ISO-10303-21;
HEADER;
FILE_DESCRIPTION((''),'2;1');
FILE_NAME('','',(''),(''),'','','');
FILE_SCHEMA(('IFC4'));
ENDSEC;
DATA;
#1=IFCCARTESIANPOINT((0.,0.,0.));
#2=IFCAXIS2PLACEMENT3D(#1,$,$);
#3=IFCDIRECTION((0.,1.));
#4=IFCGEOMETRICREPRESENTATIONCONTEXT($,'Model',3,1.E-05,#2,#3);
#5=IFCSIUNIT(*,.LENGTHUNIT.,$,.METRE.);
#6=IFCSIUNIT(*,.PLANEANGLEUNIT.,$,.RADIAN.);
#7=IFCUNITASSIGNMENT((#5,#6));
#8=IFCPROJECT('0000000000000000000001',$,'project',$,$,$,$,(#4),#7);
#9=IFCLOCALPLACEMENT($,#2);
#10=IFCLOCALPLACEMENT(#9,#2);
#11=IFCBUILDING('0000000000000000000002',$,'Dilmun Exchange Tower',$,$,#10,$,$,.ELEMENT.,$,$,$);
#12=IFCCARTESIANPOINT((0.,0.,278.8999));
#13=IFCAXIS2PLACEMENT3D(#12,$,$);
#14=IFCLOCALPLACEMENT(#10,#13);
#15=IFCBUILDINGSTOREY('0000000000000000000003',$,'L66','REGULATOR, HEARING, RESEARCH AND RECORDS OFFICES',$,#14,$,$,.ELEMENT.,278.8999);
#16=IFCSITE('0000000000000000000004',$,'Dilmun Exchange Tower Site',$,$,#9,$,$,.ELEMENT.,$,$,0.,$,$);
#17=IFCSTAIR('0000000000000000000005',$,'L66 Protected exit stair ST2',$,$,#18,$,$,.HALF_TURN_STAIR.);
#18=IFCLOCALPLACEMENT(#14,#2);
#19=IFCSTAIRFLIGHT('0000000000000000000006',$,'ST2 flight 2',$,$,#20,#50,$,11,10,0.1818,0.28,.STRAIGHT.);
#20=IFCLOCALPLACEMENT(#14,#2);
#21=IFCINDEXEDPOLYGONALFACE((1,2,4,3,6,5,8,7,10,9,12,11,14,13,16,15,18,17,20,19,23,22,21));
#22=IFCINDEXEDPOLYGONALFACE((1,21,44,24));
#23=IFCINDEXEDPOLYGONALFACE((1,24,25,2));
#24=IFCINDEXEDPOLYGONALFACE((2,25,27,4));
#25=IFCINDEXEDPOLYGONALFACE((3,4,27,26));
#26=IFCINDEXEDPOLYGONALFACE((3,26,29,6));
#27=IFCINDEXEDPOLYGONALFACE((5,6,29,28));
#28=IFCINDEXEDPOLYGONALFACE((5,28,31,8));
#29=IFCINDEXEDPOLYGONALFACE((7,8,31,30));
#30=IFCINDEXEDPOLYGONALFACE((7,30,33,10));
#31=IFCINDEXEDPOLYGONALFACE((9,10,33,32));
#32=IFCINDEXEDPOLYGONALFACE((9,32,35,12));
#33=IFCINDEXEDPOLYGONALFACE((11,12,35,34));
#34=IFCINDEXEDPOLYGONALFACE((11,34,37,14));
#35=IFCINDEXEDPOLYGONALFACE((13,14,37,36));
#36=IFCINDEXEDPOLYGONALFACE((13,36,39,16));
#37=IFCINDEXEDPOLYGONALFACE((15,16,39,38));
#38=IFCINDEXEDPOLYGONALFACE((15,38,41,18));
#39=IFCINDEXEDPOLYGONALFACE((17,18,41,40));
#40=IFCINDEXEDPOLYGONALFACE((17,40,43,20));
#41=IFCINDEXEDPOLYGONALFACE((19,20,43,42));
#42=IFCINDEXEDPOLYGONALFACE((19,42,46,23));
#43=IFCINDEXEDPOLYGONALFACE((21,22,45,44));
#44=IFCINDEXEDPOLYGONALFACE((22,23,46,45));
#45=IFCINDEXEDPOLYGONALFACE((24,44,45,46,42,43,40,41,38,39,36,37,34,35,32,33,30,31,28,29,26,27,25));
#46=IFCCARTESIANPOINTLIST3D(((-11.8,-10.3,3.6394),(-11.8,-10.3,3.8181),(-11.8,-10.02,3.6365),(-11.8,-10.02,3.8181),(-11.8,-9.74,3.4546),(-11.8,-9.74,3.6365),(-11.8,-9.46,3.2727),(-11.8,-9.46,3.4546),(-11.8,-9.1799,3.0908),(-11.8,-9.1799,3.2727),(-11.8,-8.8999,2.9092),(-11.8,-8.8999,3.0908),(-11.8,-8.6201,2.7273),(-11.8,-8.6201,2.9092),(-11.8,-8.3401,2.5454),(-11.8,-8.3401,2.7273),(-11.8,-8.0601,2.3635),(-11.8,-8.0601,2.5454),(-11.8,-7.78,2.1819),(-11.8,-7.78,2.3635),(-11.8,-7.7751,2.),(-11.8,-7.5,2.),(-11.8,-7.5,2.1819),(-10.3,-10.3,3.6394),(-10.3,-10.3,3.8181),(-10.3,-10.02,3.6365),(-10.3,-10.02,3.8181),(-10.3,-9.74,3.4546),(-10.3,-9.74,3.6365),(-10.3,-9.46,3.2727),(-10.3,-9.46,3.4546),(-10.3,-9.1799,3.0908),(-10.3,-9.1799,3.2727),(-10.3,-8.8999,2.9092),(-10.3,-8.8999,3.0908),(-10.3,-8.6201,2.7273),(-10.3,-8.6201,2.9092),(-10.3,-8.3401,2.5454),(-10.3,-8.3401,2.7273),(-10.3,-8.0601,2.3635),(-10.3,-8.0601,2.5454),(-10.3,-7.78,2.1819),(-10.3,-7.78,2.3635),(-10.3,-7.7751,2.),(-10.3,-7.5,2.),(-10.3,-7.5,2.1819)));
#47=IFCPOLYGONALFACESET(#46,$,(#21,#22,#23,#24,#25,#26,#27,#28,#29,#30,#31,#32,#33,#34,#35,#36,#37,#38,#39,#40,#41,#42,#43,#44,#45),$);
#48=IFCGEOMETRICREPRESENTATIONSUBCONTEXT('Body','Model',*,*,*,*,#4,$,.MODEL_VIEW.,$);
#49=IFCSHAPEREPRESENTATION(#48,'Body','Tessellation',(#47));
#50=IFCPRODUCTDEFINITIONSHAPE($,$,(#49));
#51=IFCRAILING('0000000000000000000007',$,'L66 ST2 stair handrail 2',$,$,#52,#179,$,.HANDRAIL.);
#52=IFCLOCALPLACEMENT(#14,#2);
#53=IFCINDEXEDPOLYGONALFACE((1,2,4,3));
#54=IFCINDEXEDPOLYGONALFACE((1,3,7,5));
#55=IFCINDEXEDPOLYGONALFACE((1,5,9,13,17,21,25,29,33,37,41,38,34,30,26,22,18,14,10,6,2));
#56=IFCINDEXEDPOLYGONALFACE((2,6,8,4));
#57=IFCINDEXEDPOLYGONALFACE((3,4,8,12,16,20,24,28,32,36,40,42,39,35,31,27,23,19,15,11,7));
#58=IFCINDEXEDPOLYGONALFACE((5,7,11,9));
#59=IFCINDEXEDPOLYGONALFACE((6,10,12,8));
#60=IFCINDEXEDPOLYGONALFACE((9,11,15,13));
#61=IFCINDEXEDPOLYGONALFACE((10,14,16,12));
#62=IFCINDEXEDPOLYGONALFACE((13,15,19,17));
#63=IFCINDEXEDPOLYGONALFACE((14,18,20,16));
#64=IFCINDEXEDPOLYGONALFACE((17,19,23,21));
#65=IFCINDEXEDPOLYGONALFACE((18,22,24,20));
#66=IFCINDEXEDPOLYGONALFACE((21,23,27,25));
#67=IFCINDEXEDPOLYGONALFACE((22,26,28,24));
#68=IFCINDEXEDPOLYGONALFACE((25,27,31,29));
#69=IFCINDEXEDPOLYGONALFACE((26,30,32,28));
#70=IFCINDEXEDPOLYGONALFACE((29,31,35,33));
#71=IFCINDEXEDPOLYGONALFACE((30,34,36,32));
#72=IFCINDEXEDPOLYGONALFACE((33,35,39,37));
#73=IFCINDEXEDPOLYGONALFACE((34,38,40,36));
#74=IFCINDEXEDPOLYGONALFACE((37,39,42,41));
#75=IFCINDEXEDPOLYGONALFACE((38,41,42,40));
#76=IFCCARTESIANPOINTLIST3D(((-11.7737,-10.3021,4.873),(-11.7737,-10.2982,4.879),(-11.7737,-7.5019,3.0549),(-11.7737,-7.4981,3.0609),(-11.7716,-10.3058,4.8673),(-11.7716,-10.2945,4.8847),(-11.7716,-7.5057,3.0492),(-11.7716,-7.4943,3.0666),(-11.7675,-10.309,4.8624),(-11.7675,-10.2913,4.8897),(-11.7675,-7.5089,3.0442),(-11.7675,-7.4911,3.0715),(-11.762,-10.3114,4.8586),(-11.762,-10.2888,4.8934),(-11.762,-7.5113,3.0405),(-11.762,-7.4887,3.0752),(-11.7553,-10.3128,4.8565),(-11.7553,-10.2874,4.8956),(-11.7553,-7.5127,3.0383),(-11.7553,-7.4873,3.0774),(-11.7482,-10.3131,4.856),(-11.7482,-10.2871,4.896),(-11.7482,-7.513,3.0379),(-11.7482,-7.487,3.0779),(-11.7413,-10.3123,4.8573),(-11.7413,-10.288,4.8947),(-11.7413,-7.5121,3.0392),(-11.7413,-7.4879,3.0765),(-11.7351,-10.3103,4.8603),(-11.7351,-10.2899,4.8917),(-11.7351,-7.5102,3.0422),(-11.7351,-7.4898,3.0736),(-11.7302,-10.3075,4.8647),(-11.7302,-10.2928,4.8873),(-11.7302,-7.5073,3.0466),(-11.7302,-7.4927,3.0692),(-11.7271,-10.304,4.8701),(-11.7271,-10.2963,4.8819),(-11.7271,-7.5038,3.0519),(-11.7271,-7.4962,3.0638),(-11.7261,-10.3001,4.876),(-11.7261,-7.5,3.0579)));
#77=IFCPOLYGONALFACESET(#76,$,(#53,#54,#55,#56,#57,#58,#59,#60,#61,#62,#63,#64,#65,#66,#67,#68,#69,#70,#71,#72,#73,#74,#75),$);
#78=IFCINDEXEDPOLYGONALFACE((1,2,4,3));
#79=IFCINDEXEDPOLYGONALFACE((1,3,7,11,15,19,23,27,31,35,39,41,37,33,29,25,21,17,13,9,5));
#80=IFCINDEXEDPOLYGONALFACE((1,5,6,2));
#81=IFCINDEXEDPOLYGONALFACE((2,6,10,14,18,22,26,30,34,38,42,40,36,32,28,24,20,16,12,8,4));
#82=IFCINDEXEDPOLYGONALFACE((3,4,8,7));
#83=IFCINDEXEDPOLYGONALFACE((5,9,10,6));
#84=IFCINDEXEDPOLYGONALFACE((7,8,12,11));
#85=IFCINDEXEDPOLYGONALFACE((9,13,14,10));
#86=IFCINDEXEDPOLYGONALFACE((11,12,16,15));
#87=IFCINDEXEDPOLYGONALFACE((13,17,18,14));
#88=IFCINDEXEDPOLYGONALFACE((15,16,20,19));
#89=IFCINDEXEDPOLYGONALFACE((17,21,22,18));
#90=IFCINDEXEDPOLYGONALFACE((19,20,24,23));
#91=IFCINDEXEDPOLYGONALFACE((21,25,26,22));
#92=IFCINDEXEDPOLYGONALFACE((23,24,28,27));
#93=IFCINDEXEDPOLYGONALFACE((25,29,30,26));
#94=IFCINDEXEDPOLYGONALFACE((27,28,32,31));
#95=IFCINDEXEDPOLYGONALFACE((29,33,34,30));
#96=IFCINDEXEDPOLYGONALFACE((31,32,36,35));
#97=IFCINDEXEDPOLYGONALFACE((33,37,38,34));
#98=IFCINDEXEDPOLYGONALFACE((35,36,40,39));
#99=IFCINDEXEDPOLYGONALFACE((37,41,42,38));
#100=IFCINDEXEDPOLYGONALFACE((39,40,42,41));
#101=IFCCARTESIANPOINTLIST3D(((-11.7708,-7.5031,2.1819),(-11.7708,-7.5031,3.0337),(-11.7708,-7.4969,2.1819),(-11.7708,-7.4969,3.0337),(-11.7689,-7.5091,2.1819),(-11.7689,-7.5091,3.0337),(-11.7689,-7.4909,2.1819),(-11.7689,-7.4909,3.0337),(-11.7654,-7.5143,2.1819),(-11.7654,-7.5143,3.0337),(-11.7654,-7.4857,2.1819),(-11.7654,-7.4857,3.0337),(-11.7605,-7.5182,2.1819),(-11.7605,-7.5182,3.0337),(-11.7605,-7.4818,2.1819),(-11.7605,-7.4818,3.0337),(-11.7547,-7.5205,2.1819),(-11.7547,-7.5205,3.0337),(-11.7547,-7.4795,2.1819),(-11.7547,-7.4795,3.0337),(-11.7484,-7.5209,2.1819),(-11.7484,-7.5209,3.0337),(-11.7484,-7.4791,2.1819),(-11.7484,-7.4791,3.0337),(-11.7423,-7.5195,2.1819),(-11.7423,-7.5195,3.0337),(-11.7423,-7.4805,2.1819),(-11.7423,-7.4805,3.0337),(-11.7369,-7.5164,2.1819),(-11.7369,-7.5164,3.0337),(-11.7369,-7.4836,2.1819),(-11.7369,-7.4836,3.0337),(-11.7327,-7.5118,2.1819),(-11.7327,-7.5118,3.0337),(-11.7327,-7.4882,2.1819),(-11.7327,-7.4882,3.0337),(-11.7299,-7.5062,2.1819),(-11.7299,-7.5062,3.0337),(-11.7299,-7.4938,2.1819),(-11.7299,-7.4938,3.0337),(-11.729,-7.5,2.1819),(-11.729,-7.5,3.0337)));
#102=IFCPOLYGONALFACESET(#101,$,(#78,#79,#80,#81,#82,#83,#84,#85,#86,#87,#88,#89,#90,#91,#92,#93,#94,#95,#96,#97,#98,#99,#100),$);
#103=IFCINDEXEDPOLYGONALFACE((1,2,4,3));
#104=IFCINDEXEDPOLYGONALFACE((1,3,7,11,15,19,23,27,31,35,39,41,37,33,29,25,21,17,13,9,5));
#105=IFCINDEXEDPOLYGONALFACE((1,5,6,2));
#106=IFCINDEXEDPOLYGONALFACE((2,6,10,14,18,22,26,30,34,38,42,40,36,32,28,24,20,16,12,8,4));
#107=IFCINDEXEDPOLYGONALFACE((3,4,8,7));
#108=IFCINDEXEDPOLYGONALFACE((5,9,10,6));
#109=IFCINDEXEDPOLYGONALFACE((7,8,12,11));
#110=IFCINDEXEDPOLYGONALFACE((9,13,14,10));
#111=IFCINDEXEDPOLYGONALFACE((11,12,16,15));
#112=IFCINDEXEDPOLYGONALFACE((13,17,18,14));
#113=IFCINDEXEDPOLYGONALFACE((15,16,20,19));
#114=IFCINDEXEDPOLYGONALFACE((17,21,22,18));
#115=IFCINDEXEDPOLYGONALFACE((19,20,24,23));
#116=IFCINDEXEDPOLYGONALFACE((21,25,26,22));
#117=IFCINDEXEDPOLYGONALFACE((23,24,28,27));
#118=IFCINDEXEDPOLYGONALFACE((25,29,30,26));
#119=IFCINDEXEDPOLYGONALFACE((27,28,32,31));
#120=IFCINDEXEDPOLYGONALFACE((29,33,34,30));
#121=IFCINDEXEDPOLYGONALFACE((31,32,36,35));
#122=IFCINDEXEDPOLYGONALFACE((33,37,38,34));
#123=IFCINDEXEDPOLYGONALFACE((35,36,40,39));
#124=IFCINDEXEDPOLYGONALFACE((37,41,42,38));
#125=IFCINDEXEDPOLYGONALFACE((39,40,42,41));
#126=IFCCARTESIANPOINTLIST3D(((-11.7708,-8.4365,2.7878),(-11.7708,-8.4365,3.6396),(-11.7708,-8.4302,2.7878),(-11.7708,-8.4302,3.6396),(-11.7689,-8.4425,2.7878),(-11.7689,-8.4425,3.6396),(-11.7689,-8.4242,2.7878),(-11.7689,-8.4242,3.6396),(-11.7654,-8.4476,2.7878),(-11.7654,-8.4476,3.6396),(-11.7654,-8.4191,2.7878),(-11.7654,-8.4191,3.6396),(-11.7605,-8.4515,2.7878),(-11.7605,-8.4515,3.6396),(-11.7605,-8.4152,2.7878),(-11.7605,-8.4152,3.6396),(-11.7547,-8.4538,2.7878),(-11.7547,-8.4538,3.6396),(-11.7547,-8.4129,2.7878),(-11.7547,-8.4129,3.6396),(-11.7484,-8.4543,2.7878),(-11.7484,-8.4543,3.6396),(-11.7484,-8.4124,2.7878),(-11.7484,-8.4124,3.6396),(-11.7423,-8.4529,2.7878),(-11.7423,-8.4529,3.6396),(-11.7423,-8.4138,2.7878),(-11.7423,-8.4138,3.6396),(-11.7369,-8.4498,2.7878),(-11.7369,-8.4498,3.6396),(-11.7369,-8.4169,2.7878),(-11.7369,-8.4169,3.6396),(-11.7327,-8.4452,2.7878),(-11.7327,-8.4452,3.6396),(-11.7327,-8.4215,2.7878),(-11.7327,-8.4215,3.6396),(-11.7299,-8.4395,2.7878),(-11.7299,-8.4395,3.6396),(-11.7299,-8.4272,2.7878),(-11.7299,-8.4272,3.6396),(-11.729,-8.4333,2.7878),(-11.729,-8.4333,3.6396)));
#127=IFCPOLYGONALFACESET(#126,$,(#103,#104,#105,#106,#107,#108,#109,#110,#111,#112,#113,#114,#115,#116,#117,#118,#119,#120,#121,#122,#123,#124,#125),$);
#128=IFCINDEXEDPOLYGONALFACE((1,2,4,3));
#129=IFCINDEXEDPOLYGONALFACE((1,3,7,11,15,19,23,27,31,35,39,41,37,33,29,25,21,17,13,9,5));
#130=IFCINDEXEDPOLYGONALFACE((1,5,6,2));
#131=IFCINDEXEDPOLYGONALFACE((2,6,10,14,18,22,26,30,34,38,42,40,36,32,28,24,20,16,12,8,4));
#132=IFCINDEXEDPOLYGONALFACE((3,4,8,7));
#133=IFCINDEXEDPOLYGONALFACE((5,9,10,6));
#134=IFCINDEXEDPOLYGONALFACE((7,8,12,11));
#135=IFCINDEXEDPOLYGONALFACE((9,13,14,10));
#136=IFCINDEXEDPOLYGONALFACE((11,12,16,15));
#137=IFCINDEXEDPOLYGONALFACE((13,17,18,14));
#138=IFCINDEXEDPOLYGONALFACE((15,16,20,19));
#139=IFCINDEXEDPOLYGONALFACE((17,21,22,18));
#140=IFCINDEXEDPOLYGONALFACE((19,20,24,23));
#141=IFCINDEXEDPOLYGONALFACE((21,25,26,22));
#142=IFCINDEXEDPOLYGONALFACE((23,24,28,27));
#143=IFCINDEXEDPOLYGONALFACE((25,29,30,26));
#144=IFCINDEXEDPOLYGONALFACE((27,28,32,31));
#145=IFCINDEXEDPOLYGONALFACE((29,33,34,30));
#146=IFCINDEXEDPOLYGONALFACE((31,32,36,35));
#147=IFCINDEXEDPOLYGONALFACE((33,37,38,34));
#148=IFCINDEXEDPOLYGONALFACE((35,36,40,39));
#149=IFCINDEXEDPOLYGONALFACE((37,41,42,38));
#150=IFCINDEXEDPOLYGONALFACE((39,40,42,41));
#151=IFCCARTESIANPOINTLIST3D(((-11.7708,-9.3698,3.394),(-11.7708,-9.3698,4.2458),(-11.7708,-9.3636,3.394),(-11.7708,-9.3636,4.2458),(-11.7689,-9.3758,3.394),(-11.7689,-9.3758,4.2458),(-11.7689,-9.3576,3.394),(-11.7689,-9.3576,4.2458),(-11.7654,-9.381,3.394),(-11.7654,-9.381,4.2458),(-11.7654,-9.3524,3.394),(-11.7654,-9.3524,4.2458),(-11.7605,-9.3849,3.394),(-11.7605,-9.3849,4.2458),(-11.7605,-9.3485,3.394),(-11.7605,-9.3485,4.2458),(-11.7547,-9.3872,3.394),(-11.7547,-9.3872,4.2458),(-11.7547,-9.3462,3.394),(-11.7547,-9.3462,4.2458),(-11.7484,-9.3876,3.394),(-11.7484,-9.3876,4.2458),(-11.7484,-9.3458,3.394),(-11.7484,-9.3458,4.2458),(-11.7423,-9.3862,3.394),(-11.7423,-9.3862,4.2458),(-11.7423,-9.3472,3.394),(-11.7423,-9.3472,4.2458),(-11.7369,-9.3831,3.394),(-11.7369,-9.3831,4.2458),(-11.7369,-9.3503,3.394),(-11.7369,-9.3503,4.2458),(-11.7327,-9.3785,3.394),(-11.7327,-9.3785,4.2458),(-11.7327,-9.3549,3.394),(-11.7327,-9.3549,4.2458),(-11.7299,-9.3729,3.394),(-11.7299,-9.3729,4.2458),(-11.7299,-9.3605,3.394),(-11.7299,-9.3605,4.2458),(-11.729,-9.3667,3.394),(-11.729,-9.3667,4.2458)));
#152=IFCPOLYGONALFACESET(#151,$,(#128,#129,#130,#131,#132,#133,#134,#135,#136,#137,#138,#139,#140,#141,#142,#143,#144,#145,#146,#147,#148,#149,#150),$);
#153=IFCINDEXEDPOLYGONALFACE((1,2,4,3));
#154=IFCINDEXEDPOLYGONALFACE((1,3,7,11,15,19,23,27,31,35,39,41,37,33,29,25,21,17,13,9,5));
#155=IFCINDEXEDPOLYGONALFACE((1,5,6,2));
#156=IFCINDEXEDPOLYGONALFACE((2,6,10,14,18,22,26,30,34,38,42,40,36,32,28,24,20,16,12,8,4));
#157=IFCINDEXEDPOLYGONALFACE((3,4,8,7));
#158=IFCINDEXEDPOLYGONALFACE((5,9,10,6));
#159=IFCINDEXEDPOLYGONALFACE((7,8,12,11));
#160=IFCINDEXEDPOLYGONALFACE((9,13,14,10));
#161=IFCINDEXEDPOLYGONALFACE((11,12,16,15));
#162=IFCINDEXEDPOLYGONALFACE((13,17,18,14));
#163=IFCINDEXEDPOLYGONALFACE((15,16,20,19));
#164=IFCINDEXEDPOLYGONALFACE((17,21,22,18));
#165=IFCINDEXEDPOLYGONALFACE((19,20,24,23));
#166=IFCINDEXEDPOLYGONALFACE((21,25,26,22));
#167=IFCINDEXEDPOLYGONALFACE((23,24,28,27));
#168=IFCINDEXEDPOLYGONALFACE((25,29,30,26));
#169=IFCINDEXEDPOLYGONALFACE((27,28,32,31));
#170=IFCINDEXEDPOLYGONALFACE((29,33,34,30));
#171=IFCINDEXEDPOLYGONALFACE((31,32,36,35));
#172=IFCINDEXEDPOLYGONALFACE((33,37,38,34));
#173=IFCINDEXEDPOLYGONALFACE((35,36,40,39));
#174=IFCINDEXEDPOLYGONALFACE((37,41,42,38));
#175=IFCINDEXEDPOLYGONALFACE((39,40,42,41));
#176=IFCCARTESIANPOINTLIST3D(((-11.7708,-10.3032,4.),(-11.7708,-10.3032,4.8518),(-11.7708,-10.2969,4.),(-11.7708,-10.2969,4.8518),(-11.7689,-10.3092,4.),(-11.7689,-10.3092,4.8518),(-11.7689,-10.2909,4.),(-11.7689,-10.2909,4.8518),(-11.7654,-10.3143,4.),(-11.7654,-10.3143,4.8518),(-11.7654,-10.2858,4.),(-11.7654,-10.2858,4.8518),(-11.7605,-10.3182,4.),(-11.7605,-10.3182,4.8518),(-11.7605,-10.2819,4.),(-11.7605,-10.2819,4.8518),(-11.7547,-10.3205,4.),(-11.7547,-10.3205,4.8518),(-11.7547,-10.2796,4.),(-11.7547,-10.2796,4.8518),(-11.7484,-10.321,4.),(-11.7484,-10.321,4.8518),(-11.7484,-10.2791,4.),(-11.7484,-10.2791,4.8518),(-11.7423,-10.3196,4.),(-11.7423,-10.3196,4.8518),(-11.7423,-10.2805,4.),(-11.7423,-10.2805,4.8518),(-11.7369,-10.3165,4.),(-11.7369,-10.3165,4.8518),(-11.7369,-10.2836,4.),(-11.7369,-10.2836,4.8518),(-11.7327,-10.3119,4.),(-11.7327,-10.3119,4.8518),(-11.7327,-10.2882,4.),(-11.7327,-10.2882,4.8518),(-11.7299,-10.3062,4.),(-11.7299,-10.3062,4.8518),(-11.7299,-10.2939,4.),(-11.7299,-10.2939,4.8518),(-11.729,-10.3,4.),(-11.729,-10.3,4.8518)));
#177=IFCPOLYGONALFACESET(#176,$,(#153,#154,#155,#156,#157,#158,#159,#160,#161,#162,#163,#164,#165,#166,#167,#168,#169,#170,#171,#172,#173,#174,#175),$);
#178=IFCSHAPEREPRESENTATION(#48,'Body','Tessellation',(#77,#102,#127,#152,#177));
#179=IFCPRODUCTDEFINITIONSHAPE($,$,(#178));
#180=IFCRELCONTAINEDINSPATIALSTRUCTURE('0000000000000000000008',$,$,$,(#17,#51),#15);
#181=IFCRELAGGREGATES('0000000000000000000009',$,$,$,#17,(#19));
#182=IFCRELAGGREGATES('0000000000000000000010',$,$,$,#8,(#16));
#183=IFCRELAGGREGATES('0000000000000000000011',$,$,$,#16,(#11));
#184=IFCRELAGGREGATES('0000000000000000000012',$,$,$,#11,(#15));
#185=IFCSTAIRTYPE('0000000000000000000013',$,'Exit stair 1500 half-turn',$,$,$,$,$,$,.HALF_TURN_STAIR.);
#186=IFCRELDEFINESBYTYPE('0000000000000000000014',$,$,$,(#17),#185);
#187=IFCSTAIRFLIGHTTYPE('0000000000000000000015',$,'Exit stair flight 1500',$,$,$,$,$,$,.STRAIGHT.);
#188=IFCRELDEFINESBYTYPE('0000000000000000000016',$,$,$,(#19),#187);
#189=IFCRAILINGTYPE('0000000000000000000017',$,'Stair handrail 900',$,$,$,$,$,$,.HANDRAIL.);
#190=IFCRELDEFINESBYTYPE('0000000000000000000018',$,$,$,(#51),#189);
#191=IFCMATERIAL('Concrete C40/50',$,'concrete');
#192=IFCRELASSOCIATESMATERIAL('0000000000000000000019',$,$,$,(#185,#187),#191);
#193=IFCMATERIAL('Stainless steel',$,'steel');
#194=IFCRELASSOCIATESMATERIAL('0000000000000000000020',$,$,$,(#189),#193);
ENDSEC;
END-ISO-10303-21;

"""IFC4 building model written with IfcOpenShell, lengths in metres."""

from ifc_helpers import new_model, si_unit, direction, frame, origin, origin_2d, place, context, subcontext, project, spatial, polyline, circle, outline, extrude, material, type_object, element, aggregate, save


model = new_model("IFC4")

# Units and contexts
model_context = context("Model", 3, precision=1e-05, world=origin(), true_north=direction((0.0, 1.0)))
body_context = subcontext(model_context, "Body", "Model", "MODEL_VIEW")
ifc_project = project(units=[si_unit("LENGTHUNIT", "METRE"), si_unit("PLANEANGLEUNIT", "RADIAN")], contexts=[model_context])

# Site, building, storey
site_placement = place(None, origin())
site = spatial("IfcSite", under=ifc_project, at=site_placement, Name="Dilmun Exchange Tower Site", CompositionType="ELEMENT", RefElevation=0.0)
building_placement = place(site_placement, origin())
building = spatial("IfcBuilding", under=site, at=building_placement, Name="Dilmun Exchange Tower", CompositionType="ELEMENT")
storey_placement = place(building_placement, frame((0.0, 0.0, 278.8999)))
storey = spatial("IfcBuildingStorey", under=building, at=storey_placement, Name="L66", Description="REGULATOR, HEARING, RESEARCH AND RECORDS OFFICES", CompositionType="ELEMENT", Elevation=278.8999)

# Shared definitions
ifc_material_1 = material(Name="Concrete C40/50", Category="concrete")

# Stair, stair flight
stair_type = type_object("IfcStairType", Name="Exit stair 1500 half-turn", PredefinedType="HALF_TURN_STAIR", material=ifc_material_1)
stair_placement = place(storey_placement, origin())
stair = element("IfcStair", 1, at=stair_placement, inside=storey, type_object=stair_type, Name="L66 Protected exit stair ST2", PredefinedType="HALF_TURN_STAIR")
stair_flight_type = type_object("IfcStairFlightType", Name="Exit stair flight 1500", PredefinedType="STRAIGHT", material=ifc_material_1)
stair_flight_placement = place(storey_placement, frame((-11.05, -7.5, 2.0), z_axis=(0.0, 0.0, 1.0), x_axis=(0.0, -1.0, 0.0)))
stair_flight = element("IfcStairFlight", 2, at=stair_flight_placement, type_object=stair_flight_type, Name="ST2 flight 2", NumberOfRisers=11, NumberOfTreads=10, PredefinedType="STRAIGHT", RiserHeight=0.1818, TreadLength=0.28, context=body_context, shape_type="SweptSolid", body=[
    extrude(outline(polyline([(0.0, 0.0), (0.0, 0.1819), (0.28, 0.1819), (0.28, 0.3635), (0.5601, 0.3635), (0.5601, 0.5454), (0.8401, 0.5454), (0.8401, 0.7273), (1.1201, 0.7273), (1.1201, 0.9092), (1.3999, 0.9092), (1.3999, 1.0908), (1.6799, 1.0908), (1.6799, 1.2727), (1.96, 1.2727), (1.96, 1.4546), (2.24, 1.4546), (2.24, 1.6365), (2.52, 1.6365), (2.52, 1.8181), (2.8, 1.8181), (2.8, 2.0), (2.8, 1.6394), (0.2751, 0.0), (0.0, 0.0)])), frame((0.0, 0.75, 0.0), z_axis=(0.0, -1.0, 0.0), x_axis=(1.0, 0.0, 0.0)), (0.0, 0.0, 1.0), 1.5),
])
aggregate(stair, [stair_flight])

# Railing
ifc_material_2 = material(Name="Stainless steel", Category="steel")
railing_type = type_object("IfcRailingType", Name="Stair handrail 900", PredefinedType="HANDRAIL", material=ifc_material_2)
railing_placement = place(storey_placement, frame((-11.75, -7.5, 2.1819)))
element("IfcRailing", 3, at=railing_placement, inside=storey, type_object=railing_type, Name="L66 ST2 stair handrail 2", PredefinedType="HANDRAIL", context=body_context, shape_type="SweptSolid", body=[
    extrude(circle(Radius=0.0239, at=origin_2d()), frame((0.0, 0.0, 0.876), z_axis=(0.0, -0.838706, 0.544585), x_axis=(1.0, 0.0, 0.0)), (0.0, 0.0, 1.0), 3.3386),
    extrude(circle(Radius=0.021, at=origin_2d()), origin(), (0.0, 0.0, 1.0), 0.8518),
    extrude(circle(Radius=0.021, at=origin_2d()), frame((0.0, -0.9333, 0.606)), (0.0, 0.0, 1.0), 0.8518),
    extrude(circle(Radius=0.021, at=origin_2d()), frame((0.0, -1.8667, 1.2122)), (0.0, 0.0, 1.0), 0.8518),
    extrude(circle(Radius=0.021, at=origin_2d()), frame((0.0, -2.8, 1.8181)), (0.0, 0.0, 1.0), 0.8518),
])

save(model, "model.ifc")
